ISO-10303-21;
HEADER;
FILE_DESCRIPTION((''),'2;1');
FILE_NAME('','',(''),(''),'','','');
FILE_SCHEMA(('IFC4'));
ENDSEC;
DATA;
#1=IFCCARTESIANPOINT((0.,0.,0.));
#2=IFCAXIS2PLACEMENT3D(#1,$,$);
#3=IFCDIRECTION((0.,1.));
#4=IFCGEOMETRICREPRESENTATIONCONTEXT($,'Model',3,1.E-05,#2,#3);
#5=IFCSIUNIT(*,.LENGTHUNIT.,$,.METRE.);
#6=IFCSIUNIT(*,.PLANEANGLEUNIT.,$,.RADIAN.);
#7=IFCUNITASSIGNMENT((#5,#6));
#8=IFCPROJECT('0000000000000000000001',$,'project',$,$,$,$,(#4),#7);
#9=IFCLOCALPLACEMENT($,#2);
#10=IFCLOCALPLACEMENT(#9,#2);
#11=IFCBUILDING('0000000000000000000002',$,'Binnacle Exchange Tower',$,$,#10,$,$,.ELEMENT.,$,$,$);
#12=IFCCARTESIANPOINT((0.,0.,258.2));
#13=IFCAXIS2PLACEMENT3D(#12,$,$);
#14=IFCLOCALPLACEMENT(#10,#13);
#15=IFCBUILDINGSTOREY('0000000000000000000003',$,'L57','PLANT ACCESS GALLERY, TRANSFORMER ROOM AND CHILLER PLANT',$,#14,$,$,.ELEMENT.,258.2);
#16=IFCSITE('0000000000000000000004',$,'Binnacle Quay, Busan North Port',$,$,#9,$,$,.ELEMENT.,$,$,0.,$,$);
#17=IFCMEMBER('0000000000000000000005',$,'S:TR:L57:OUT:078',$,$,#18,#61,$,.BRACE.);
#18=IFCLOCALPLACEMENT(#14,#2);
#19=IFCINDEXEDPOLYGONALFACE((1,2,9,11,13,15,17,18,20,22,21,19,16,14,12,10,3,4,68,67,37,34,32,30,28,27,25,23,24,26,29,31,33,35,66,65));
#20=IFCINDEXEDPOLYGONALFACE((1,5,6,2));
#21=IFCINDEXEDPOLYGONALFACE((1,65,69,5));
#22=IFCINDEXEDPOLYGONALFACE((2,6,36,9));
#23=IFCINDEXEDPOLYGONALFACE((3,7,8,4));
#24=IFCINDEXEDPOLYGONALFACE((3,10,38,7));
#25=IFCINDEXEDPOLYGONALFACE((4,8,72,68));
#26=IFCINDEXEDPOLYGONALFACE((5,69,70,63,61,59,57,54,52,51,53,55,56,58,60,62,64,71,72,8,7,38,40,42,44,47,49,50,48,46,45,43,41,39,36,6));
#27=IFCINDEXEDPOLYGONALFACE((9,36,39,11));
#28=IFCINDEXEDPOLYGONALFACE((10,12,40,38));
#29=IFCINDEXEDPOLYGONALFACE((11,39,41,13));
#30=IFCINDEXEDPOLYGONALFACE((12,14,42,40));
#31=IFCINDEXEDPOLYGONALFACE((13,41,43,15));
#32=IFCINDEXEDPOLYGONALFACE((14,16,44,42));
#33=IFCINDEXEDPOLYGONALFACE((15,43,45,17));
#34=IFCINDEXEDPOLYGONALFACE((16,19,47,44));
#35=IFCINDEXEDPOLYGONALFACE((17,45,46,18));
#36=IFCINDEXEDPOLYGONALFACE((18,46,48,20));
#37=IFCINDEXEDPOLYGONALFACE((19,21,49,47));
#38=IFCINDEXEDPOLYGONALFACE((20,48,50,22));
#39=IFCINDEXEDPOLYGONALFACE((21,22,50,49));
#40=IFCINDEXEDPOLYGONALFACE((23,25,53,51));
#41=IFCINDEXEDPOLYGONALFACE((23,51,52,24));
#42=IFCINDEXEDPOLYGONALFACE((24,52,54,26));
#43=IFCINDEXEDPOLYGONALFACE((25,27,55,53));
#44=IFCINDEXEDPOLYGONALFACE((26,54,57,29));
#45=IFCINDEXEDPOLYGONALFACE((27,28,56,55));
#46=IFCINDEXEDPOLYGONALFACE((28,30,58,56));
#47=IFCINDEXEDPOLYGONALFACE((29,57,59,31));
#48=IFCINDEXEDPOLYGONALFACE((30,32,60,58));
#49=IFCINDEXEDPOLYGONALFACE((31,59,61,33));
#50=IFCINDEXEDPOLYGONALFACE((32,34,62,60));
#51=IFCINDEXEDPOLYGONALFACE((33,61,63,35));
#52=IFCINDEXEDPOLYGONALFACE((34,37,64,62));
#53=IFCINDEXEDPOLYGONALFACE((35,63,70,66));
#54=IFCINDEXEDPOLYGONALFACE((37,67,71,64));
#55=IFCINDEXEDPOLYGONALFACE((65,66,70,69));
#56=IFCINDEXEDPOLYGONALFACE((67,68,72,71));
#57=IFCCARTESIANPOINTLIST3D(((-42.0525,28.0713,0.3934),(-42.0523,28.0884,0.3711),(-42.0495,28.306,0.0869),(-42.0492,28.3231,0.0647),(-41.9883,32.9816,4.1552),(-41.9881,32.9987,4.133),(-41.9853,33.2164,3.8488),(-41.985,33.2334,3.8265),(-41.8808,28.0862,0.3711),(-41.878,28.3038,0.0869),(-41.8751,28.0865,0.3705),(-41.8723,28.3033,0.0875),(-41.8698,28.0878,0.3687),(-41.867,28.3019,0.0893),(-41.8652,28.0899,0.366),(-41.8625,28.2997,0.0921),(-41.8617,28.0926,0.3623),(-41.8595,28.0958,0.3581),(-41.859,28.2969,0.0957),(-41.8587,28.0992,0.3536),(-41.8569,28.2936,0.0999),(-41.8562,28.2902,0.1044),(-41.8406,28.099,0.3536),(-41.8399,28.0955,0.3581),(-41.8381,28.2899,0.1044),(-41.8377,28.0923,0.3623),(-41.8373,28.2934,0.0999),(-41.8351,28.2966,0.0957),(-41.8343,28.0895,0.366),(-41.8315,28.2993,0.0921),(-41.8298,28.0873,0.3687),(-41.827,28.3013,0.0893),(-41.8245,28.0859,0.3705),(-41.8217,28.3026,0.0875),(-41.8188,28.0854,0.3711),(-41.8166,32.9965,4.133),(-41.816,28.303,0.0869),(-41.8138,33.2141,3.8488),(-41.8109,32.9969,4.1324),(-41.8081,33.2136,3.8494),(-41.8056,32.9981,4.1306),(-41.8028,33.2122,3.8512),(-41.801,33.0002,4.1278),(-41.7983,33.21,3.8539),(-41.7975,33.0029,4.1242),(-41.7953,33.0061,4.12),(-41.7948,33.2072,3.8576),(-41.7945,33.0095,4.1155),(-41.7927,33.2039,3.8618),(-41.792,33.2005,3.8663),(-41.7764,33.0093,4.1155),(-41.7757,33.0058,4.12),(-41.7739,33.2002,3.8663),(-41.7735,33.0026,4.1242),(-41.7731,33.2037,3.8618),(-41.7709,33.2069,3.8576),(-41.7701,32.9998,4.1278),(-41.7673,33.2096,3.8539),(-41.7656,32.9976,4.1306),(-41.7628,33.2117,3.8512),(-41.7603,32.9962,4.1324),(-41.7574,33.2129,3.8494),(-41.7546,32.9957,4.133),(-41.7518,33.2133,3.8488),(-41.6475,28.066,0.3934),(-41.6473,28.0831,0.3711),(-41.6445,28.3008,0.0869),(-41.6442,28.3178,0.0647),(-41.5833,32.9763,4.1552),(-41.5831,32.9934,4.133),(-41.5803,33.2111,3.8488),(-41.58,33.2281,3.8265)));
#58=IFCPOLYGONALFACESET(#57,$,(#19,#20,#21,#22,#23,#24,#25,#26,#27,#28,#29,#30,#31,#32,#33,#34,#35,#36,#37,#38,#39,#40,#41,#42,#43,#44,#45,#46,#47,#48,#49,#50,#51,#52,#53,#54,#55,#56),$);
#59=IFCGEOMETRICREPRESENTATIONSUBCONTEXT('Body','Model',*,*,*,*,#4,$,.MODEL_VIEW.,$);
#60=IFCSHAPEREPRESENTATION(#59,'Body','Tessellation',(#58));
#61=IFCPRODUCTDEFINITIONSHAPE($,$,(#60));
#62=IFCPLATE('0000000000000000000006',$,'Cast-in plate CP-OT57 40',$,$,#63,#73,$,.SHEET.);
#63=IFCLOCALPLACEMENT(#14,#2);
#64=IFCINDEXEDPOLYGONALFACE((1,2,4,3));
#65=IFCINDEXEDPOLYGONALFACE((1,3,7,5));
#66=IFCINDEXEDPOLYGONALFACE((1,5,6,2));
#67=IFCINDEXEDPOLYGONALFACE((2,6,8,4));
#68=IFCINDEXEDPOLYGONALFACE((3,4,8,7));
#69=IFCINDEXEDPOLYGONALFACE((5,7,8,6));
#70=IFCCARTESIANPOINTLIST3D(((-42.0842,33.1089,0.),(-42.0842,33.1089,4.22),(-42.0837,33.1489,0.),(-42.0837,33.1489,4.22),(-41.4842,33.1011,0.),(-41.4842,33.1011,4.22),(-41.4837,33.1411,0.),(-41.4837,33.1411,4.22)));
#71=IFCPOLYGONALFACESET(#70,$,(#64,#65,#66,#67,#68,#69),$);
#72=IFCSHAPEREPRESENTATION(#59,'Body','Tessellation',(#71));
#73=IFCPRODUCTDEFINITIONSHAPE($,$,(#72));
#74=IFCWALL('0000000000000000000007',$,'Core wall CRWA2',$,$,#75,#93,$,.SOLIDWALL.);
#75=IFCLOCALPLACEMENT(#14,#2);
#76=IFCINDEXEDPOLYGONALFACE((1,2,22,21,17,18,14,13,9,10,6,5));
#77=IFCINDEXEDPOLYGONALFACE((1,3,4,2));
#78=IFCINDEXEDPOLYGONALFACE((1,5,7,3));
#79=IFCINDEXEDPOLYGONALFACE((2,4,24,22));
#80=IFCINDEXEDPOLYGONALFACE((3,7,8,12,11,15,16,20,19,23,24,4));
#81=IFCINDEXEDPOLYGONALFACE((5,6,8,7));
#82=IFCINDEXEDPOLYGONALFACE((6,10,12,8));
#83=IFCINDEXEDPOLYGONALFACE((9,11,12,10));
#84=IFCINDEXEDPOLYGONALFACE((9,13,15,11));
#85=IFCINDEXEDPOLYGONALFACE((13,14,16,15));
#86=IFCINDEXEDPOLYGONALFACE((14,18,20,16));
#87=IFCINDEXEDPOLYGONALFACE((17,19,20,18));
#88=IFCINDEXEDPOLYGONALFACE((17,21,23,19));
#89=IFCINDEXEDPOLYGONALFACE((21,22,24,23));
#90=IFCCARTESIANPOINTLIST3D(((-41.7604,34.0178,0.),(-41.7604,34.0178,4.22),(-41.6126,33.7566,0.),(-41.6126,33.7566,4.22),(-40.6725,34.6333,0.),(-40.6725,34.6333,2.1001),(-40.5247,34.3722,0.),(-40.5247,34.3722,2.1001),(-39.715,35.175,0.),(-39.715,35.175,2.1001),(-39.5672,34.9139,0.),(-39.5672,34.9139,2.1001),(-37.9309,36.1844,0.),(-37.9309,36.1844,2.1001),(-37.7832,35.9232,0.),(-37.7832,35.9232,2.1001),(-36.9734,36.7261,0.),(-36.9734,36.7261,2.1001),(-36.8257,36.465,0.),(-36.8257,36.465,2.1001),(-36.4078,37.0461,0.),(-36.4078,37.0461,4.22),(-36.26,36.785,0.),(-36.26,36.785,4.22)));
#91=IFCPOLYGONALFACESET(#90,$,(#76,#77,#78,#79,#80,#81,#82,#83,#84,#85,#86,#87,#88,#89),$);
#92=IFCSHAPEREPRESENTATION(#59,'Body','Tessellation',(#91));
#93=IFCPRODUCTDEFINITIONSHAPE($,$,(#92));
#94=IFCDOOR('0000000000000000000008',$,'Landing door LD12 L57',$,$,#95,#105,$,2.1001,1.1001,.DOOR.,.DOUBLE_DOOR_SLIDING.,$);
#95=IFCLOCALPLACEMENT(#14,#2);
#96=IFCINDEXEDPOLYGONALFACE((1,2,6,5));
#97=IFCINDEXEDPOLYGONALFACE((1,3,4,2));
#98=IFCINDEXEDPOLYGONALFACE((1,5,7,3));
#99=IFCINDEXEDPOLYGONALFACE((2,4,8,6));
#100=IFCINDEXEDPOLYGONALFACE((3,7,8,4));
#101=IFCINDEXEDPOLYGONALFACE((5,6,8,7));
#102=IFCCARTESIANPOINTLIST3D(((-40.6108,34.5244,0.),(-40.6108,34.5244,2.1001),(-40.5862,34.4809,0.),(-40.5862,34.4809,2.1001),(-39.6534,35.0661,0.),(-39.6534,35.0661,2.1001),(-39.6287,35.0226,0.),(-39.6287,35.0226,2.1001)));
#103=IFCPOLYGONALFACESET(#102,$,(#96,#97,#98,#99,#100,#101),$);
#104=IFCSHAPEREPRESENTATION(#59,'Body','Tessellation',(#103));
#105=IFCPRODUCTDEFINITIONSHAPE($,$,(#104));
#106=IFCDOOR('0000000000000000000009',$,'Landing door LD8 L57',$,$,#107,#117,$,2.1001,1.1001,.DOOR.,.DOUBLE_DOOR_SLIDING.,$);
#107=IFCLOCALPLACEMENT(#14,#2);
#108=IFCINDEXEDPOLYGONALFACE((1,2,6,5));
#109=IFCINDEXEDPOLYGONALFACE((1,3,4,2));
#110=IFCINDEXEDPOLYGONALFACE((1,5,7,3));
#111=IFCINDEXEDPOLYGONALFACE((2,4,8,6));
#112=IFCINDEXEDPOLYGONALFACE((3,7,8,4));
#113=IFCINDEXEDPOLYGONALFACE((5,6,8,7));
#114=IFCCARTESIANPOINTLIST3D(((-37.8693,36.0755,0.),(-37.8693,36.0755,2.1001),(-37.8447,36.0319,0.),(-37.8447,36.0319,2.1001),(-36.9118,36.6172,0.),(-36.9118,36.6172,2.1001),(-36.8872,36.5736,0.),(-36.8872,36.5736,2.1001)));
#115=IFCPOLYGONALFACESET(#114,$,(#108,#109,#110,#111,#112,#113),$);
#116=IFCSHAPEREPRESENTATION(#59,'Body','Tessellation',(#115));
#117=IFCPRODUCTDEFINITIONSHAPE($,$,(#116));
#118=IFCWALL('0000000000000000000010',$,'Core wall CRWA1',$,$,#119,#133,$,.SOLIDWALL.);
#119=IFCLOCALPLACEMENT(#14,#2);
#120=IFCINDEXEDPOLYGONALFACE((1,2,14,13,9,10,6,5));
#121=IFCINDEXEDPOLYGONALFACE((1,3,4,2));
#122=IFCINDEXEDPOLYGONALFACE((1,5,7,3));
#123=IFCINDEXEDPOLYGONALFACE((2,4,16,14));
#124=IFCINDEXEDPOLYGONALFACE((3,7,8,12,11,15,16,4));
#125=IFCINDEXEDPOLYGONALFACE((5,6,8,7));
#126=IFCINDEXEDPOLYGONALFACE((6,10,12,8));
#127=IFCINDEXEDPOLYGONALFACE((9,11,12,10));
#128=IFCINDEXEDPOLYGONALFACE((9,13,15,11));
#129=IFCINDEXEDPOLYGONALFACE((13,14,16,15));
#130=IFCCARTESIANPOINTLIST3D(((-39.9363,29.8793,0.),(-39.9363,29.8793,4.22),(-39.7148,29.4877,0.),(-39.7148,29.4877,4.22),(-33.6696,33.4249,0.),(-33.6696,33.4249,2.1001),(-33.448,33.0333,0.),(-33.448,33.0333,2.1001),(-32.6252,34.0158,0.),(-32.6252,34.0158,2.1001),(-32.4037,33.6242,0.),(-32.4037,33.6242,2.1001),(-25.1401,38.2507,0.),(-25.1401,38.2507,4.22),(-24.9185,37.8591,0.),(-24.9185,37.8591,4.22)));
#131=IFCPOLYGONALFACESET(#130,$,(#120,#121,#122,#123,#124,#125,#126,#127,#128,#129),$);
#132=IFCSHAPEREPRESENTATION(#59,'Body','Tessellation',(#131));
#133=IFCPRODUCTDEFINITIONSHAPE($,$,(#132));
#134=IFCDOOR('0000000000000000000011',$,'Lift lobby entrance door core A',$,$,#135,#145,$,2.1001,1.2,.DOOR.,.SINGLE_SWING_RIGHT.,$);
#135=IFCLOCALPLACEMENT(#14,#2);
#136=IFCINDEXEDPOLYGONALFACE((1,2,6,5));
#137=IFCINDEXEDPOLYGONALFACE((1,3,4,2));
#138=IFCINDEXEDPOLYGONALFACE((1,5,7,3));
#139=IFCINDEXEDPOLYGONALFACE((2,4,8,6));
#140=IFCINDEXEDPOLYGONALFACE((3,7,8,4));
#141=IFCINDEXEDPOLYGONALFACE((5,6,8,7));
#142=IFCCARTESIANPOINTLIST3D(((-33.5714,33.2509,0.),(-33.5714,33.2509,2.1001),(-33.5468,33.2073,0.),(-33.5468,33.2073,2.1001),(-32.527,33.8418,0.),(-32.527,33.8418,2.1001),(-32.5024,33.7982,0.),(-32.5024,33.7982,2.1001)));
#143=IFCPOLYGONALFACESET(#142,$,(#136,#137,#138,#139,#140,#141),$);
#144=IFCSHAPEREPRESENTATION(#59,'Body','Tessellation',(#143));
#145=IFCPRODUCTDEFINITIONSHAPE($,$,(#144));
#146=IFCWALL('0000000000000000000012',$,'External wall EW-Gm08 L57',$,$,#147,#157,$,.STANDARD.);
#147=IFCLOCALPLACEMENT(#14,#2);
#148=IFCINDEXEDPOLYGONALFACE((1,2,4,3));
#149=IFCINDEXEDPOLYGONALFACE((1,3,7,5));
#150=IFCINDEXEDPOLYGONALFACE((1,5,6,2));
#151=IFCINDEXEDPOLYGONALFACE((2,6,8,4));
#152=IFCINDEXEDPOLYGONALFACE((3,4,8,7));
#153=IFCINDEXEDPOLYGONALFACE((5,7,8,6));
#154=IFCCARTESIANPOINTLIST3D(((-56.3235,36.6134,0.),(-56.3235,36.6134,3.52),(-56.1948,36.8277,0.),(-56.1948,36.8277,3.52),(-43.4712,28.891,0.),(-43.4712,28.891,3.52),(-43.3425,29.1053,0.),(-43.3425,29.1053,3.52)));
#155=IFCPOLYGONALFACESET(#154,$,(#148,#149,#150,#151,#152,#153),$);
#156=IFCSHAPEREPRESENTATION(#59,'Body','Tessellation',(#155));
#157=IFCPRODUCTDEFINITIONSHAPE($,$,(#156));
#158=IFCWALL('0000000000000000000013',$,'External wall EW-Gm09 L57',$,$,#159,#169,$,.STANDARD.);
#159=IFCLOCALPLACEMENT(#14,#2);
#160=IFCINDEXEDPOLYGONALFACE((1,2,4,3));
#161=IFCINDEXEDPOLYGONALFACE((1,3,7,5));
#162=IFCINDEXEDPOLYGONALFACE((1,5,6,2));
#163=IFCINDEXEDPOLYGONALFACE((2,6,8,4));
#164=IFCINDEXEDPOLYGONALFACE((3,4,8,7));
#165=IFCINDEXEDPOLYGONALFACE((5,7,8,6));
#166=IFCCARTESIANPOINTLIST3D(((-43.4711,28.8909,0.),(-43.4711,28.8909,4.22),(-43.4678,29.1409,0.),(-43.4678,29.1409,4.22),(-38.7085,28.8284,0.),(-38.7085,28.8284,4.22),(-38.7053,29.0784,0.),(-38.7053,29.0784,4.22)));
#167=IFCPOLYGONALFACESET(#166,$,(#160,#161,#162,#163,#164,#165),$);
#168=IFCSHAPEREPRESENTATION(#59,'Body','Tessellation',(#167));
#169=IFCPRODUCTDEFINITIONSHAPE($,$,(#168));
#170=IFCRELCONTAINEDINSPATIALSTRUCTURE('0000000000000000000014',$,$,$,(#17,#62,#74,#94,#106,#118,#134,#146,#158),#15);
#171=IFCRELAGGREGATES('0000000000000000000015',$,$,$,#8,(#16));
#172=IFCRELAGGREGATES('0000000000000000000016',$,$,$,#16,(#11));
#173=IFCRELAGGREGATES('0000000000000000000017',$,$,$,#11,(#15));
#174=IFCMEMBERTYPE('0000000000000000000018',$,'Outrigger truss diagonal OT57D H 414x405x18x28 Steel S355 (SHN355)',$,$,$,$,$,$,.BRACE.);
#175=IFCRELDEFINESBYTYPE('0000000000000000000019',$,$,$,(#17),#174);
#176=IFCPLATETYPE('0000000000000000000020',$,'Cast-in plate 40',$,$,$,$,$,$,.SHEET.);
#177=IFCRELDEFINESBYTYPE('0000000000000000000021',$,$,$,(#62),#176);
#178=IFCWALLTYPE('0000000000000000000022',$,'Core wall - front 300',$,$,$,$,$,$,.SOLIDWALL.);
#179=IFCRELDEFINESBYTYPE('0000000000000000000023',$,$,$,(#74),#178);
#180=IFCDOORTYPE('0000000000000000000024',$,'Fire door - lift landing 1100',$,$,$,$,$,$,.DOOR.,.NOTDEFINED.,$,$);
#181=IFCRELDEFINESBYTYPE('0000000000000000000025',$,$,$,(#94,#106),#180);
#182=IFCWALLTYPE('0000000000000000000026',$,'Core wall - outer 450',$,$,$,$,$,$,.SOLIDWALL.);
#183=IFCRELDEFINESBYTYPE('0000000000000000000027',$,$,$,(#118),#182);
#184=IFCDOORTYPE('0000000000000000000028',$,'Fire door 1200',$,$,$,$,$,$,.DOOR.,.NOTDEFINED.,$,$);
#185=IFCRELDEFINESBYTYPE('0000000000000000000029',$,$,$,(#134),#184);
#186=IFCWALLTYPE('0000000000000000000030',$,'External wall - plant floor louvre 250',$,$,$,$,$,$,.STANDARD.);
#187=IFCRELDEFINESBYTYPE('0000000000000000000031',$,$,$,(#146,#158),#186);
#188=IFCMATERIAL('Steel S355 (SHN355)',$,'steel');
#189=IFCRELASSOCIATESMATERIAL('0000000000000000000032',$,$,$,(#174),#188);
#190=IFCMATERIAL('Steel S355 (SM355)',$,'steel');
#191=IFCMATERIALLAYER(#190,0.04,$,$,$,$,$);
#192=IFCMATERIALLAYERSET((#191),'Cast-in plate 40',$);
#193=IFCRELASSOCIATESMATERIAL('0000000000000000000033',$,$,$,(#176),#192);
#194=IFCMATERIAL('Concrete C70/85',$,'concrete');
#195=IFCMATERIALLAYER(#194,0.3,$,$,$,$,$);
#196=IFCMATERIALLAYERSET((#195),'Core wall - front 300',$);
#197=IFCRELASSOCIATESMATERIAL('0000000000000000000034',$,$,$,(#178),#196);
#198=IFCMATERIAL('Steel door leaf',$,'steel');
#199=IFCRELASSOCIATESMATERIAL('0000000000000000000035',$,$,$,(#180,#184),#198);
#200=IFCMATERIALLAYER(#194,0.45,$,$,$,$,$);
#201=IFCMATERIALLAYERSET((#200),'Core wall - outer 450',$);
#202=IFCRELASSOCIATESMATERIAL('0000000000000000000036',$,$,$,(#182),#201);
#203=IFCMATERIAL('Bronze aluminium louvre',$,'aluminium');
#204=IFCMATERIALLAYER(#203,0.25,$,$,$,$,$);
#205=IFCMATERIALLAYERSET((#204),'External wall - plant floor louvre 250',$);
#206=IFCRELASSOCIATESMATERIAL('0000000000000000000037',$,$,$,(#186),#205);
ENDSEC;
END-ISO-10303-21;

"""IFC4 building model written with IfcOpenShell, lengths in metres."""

from ifc_helpers import new_model, si_unit, direction, frame, frame_2d, origin, origin_2d, place, context, subcontext, project, spatial, rectangle, i_section, extrude, material, layer, layer_set, material_profile, profile_set, type_object, element, fill, save


model = new_model("IFC4")

# Units and contexts
model_context = context("Model", 3, precision=1e-05, world=origin(), true_north=direction((0.0, 1.0)))
body_context = subcontext(model_context, "Body", "Model", "MODEL_VIEW")
ifc_project = project(units=[si_unit("LENGTHUNIT", "METRE"), si_unit("PLANEANGLEUNIT", "RADIAN")], contexts=[model_context])

# Site, building, storey
site_placement = place(None, origin())
site = spatial("IfcSite", under=ifc_project, at=site_placement, Name="Binnacle Quay, Busan North Port", CompositionType="ELEMENT", RefElevation=0.0)
building_placement = place(site_placement, origin())
building = spatial("IfcBuilding", under=site, at=building_placement, Name="Binnacle Exchange Tower", CompositionType="ELEMENT")
storey_placement = place(building_placement, frame((0.0, 0.0, 258.2)))
storey = spatial("IfcBuildingStorey", under=building, at=storey_placement, Name="L57", Description="PLANT ACCESS GALLERY, TRANSFORMER ROOM AND CHILLER PLANT", CompositionType="ELEMENT", Elevation=258.2)

# Shared definitions
ifc_material_1 = material(Name="Steel S355 (SHN355)", Category="steel")

# Member
ifc_material_profile_1 = material_profile(ifc_material_1, i_section(OverallWidth=0.405, OverallDepth=0.4141, WebThickness=0.0181, FlangeThickness=0.0281, FilletRadius=0.022, at=origin_2d()), Name="H 414x405x18x28")
ifc_profile_set_1 = profile_set([ifc_material_profile_1], Name="Steel S355 (SHN355)")
member_type_1 = type_object("IfcMemberType", Name="Outrigger truss diagonal OT57D H 414x405x18x28 Steel S355 (SHN355)", PredefinedType="BRACE", material=ifc_profile_set_1)
member_1_placement = place(storey_placement, frame((-41.8484, 28.1946, 0.229), z_axis=(0.010379, 0.793773, 0.608126), x_axis=(-0.999915, 0.013075, 0.0)))
element("IfcMember", 1, at=member_1_placement, inside=storey, type_object=member_type_1, Name="S:TR:L57:OUT:078", PredefinedType="BRACE", context=body_context, shape_type="SweptSolid", body=[
    extrude(i_section(OverallWidth=0.405, OverallDepth=0.4141, WebThickness=0.0181, FlangeThickness=0.0281, FilletRadius=0.022, at=origin_2d()), origin(), (0.0, 0.0, 1.0), 6.186),
])

# Plate
ifc_material_2 = material(Name="Steel S355 (SM355)", Category="steel")
ifc_layer_1 = layer(ifc_material_2, 0.04)
ifc_layer_set_1 = layer_set([ifc_layer_1], Name="Cast-in plate 40")
plate_type = type_object("IfcPlateType", Name="Cast-in plate 40", PredefinedType="SHEET", material=ifc_layer_set_1)
plate_placement = place(storey_placement, frame((-41.7839, 33.125, 0.0), z_axis=(0.0, 0.0, 1.0), x_axis=(0.01309, 0.999914, 0.0)))
element("IfcPlate", 2, at=plate_placement, inside=storey, type_object=plate_type, Name="Cast-in plate CP-OT57 40", PredefinedType="SHEET", context=body_context, shape_type="SweptSolid", body=[
    extrude(rectangle(XDim=0.04, YDim=0.6001, at=origin_2d()), origin(), (0.0, 0.0, 1.0), 4.22),
])

# Wall, openings, doors
ifc_material_3 = material(Name="Concrete C70/85", Category="concrete")
ifc_layer_2 = layer(ifc_material_3, 0.3)
ifc_layer_set_2 = layer_set([ifc_layer_2], Name="Core wall - front 300")
wall_type_1 = type_object("IfcWallType", Name="Core wall - front 300", PredefinedType="SOLIDWALL", material=ifc_layer_set_2)
wall_1_placement = place(storey_placement, frame((-41.6865, 33.8872, 0.0), z_axis=(0.0, 0.0, 1.0), x_axis=(0.870356, 0.492423, 0.0)))
wall_1 = element("IfcWall", 3, at=wall_1_placement, inside=storey, type_object=wall_type_1, Name="Core wall CRWA2", PredefinedType="SOLIDWALL", context=body_context, shape_type="SweptSolid", body=[
    extrude(rectangle(XDim=6.1499, YDim=0.3, at=frame_2d((3.075, 0.0))), origin(), (0.0, 0.0, 1.0), 4.22),
])
opening_1_placement = place(wall_1_placement, frame((1.25, 0.0, 0.0)))
opening_1 = element("IfcOpeningElement", 4, at=opening_1_placement, cuts=wall_1, PredefinedType="OPENING", context=body_context, shape_type="SweptSolid", body=[
    extrude(rectangle(XDim=1.1001, YDim=2.1001, at=frame_2d((0.55, 1.05))), frame((0.0, 0.1599, 0.0), z_axis=(0.0, -1.0, 0.0), x_axis=(1.0, 0.0, 0.0)), (0.0, 0.0, 1.0), 0.3201),
])
opening_2_placement = place(wall_1_placement, frame((4.3999, 0.0, 0.0)))
opening_2 = element("IfcOpeningElement", 5, at=opening_2_placement, cuts=wall_1, PredefinedType="OPENING", context=body_context, shape_type="SweptSolid", body=[
    extrude(rectangle(XDim=1.1001, YDim=2.1001, at=frame_2d((0.55, 1.05))), frame((0.0, 0.1599, 0.0), z_axis=(0.0, -1.0, 0.0), x_axis=(1.0, 0.0, 0.0)), (0.0, 0.0, 1.0), 0.3201),
])
ifc_material_4 = material(Name="Steel door leaf", Category="steel")
door_type_1 = type_object("IfcDoorType", Name="Fire door - lift landing 1100", OperationType="NOTDEFINED", PredefinedType="DOOR", material=ifc_material_4)
door_1_placement = place(opening_1_placement, origin())
door_1 = element("IfcDoor", 6, at=door_1_placement, inside=storey, type_object=door_type_1, Name="Landing door LD12 L57", OperationType="DOUBLE_DOOR_SLIDING", OverallHeight=2.1001, OverallWidth=1.1001, PredefinedType="DOOR", context=body_context, shape_type="SweptSolid", body=[
    extrude(rectangle(XDim=1.1001, YDim=2.1001, at=frame_2d((0.55, 1.05))), frame((0.0, 0.0249, 0.0), z_axis=(0.0, -1.0, 0.0), x_axis=(1.0, 0.0, 0.0)), (0.0, 0.0, 1.0), 0.05),
])
fill(opening_1, door_1)
door_2_placement = place(opening_2_placement, origin())
door_2 = element("IfcDoor", 7, at=door_2_placement, inside=storey, type_object=door_type_1, Name="Landing door LD8 L57", OperationType="DOUBLE_DOOR_SLIDING", OverallHeight=2.1001, OverallWidth=1.1001, PredefinedType="DOOR", context=body_context, shape_type="SweptSolid", body=[
    extrude(rectangle(XDim=1.1001, YDim=2.1001, at=frame_2d((0.55, 1.05))), frame((0.0, 0.0249, 0.0), z_axis=(0.0, -1.0, 0.0), x_axis=(1.0, 0.0, 0.0)), (0.0, 0.0, 1.0), 0.05),
])
fill(opening_2, door_2)

# Wall, opening, door
ifc_layer_3 = layer(ifc_material_3, 0.45)
ifc_layer_set_3 = layer_set([ifc_layer_3], Name="Core wall - outer 450")
wall_type_2 = type_object("IfcWallType", Name="Core wall - outer 450", PredefinedType="SOLIDWALL", material=ifc_layer_set_3)
wall_2_placement = place(storey_placement, frame((-39.8254, 29.6836, 0.0), z_axis=(0.0, 0.0, 1.0), x_axis=(0.870354, 0.492427, 0.0)))
wall_2 = element("IfcWall", 8, at=wall_2_placement, inside=storey, type_object=wall_type_2, Name="Core wall CRWA1", PredefinedType="SOLIDWALL", context=body_context, shape_type="SweptSolid", body=[
    extrude(rectangle(XDim=17.0002, YDim=0.45, at=frame_2d((8.5, 0.0))), origin(), (0.0, 0.0, 1.0), 4.22),
])
opening_3_placement = place(wall_2_placement, frame((7.2, 0.0, 0.0)))
opening_3 = element("IfcOpeningElement", 9, at=opening_3_placement, cuts=wall_2, PredefinedType="OPENING", context=body_context, shape_type="SweptSolid", body=[
    extrude(rectangle(XDim=1.2, YDim=2.1001, at=frame_2d((0.6001, 1.05))), frame((0.0, 0.2349, 0.0), z_axis=(0.0, -1.0, 0.0), x_axis=(1.0, 0.0, 0.0)), (0.0, 0.0, 1.0), 0.47),
])
door_type_2 = type_object("IfcDoorType", Name="Fire door 1200", OperationType="NOTDEFINED", PredefinedType="DOOR", material=ifc_material_4)
door_3_placement = place(opening_3_placement, frame((1.2, 0.0, 0.0), z_axis=(0.0, 0.0, 1.0), x_axis=(-1.0, 0.0, 0.0)))
door_3 = element("IfcDoor", 10, at=door_3_placement, inside=storey, type_object=door_type_2, Name="Lift lobby entrance door core A", OperationType="SINGLE_SWING_RIGHT", OverallHeight=2.1001, OverallWidth=1.2, PredefinedType="DOOR", context=body_context, shape_type="SweptSolid", body=[
    extrude(rectangle(XDim=1.2, YDim=2.1001, at=frame_2d((0.6001, 1.05))), frame((0.0, 0.0249, 0.0), z_axis=(0.0, -1.0, 0.0), x_axis=(1.0, 0.0, 0.0)), (0.0, 0.0, 1.0), 0.05),
])
fill(opening_3, door_3)

# Walls
ifc_material_5 = material(Name="Bronze aluminium louvre", Category="aluminium")
ifc_layer_4 = layer(ifc_material_5, 0.25)
ifc_layer_set_4 = layer_set([ifc_layer_4], Name="External wall - plant floor louvre 250")
wall_type_3 = type_object("IfcWallType", Name="External wall - plant floor louvre 250", PredefinedType="STANDARD", material=ifc_layer_set_4)
wall_3_placement = place(storey_placement, frame((-43.4067, 28.998, 0.0), z_axis=(0.0, 0.0, 1.0), x_axis=(-0.857168, 0.515037, 0.0)))
element("IfcWall", 11, at=wall_3_placement, inside=storey, type_object=wall_type_3, Name="External wall EW-Gm08 L57", PredefinedType="STANDARD", context=body_context, shape_type="SweptSolid", body=[
    extrude(rectangle(XDim=14.9939, YDim=0.25, at=frame_2d((7.4971, 0.0))), origin(), (0.0, 0.0, 1.0), 3.52),
])
wall_4_placement = place(storey_placement, frame((-38.707, 28.9534, 0.0), z_axis=(0.0, 0.0, 1.0), x_axis=(-0.999914, 0.013122, 0.0)))
element("IfcWall", 12, at=wall_4_placement, inside=storey, type_object=wall_type_3, Name="External wall EW-Gm09 L57", PredefinedType="STANDARD", context=body_context, shape_type="SweptSolid", body=[
    extrude(rectangle(XDim=4.7629, YDim=0.25, at=frame_2d((2.3813, 0.0))), origin(), (0.0, 0.0, 1.0), 4.22),
])

save(model, "model.ifc")
